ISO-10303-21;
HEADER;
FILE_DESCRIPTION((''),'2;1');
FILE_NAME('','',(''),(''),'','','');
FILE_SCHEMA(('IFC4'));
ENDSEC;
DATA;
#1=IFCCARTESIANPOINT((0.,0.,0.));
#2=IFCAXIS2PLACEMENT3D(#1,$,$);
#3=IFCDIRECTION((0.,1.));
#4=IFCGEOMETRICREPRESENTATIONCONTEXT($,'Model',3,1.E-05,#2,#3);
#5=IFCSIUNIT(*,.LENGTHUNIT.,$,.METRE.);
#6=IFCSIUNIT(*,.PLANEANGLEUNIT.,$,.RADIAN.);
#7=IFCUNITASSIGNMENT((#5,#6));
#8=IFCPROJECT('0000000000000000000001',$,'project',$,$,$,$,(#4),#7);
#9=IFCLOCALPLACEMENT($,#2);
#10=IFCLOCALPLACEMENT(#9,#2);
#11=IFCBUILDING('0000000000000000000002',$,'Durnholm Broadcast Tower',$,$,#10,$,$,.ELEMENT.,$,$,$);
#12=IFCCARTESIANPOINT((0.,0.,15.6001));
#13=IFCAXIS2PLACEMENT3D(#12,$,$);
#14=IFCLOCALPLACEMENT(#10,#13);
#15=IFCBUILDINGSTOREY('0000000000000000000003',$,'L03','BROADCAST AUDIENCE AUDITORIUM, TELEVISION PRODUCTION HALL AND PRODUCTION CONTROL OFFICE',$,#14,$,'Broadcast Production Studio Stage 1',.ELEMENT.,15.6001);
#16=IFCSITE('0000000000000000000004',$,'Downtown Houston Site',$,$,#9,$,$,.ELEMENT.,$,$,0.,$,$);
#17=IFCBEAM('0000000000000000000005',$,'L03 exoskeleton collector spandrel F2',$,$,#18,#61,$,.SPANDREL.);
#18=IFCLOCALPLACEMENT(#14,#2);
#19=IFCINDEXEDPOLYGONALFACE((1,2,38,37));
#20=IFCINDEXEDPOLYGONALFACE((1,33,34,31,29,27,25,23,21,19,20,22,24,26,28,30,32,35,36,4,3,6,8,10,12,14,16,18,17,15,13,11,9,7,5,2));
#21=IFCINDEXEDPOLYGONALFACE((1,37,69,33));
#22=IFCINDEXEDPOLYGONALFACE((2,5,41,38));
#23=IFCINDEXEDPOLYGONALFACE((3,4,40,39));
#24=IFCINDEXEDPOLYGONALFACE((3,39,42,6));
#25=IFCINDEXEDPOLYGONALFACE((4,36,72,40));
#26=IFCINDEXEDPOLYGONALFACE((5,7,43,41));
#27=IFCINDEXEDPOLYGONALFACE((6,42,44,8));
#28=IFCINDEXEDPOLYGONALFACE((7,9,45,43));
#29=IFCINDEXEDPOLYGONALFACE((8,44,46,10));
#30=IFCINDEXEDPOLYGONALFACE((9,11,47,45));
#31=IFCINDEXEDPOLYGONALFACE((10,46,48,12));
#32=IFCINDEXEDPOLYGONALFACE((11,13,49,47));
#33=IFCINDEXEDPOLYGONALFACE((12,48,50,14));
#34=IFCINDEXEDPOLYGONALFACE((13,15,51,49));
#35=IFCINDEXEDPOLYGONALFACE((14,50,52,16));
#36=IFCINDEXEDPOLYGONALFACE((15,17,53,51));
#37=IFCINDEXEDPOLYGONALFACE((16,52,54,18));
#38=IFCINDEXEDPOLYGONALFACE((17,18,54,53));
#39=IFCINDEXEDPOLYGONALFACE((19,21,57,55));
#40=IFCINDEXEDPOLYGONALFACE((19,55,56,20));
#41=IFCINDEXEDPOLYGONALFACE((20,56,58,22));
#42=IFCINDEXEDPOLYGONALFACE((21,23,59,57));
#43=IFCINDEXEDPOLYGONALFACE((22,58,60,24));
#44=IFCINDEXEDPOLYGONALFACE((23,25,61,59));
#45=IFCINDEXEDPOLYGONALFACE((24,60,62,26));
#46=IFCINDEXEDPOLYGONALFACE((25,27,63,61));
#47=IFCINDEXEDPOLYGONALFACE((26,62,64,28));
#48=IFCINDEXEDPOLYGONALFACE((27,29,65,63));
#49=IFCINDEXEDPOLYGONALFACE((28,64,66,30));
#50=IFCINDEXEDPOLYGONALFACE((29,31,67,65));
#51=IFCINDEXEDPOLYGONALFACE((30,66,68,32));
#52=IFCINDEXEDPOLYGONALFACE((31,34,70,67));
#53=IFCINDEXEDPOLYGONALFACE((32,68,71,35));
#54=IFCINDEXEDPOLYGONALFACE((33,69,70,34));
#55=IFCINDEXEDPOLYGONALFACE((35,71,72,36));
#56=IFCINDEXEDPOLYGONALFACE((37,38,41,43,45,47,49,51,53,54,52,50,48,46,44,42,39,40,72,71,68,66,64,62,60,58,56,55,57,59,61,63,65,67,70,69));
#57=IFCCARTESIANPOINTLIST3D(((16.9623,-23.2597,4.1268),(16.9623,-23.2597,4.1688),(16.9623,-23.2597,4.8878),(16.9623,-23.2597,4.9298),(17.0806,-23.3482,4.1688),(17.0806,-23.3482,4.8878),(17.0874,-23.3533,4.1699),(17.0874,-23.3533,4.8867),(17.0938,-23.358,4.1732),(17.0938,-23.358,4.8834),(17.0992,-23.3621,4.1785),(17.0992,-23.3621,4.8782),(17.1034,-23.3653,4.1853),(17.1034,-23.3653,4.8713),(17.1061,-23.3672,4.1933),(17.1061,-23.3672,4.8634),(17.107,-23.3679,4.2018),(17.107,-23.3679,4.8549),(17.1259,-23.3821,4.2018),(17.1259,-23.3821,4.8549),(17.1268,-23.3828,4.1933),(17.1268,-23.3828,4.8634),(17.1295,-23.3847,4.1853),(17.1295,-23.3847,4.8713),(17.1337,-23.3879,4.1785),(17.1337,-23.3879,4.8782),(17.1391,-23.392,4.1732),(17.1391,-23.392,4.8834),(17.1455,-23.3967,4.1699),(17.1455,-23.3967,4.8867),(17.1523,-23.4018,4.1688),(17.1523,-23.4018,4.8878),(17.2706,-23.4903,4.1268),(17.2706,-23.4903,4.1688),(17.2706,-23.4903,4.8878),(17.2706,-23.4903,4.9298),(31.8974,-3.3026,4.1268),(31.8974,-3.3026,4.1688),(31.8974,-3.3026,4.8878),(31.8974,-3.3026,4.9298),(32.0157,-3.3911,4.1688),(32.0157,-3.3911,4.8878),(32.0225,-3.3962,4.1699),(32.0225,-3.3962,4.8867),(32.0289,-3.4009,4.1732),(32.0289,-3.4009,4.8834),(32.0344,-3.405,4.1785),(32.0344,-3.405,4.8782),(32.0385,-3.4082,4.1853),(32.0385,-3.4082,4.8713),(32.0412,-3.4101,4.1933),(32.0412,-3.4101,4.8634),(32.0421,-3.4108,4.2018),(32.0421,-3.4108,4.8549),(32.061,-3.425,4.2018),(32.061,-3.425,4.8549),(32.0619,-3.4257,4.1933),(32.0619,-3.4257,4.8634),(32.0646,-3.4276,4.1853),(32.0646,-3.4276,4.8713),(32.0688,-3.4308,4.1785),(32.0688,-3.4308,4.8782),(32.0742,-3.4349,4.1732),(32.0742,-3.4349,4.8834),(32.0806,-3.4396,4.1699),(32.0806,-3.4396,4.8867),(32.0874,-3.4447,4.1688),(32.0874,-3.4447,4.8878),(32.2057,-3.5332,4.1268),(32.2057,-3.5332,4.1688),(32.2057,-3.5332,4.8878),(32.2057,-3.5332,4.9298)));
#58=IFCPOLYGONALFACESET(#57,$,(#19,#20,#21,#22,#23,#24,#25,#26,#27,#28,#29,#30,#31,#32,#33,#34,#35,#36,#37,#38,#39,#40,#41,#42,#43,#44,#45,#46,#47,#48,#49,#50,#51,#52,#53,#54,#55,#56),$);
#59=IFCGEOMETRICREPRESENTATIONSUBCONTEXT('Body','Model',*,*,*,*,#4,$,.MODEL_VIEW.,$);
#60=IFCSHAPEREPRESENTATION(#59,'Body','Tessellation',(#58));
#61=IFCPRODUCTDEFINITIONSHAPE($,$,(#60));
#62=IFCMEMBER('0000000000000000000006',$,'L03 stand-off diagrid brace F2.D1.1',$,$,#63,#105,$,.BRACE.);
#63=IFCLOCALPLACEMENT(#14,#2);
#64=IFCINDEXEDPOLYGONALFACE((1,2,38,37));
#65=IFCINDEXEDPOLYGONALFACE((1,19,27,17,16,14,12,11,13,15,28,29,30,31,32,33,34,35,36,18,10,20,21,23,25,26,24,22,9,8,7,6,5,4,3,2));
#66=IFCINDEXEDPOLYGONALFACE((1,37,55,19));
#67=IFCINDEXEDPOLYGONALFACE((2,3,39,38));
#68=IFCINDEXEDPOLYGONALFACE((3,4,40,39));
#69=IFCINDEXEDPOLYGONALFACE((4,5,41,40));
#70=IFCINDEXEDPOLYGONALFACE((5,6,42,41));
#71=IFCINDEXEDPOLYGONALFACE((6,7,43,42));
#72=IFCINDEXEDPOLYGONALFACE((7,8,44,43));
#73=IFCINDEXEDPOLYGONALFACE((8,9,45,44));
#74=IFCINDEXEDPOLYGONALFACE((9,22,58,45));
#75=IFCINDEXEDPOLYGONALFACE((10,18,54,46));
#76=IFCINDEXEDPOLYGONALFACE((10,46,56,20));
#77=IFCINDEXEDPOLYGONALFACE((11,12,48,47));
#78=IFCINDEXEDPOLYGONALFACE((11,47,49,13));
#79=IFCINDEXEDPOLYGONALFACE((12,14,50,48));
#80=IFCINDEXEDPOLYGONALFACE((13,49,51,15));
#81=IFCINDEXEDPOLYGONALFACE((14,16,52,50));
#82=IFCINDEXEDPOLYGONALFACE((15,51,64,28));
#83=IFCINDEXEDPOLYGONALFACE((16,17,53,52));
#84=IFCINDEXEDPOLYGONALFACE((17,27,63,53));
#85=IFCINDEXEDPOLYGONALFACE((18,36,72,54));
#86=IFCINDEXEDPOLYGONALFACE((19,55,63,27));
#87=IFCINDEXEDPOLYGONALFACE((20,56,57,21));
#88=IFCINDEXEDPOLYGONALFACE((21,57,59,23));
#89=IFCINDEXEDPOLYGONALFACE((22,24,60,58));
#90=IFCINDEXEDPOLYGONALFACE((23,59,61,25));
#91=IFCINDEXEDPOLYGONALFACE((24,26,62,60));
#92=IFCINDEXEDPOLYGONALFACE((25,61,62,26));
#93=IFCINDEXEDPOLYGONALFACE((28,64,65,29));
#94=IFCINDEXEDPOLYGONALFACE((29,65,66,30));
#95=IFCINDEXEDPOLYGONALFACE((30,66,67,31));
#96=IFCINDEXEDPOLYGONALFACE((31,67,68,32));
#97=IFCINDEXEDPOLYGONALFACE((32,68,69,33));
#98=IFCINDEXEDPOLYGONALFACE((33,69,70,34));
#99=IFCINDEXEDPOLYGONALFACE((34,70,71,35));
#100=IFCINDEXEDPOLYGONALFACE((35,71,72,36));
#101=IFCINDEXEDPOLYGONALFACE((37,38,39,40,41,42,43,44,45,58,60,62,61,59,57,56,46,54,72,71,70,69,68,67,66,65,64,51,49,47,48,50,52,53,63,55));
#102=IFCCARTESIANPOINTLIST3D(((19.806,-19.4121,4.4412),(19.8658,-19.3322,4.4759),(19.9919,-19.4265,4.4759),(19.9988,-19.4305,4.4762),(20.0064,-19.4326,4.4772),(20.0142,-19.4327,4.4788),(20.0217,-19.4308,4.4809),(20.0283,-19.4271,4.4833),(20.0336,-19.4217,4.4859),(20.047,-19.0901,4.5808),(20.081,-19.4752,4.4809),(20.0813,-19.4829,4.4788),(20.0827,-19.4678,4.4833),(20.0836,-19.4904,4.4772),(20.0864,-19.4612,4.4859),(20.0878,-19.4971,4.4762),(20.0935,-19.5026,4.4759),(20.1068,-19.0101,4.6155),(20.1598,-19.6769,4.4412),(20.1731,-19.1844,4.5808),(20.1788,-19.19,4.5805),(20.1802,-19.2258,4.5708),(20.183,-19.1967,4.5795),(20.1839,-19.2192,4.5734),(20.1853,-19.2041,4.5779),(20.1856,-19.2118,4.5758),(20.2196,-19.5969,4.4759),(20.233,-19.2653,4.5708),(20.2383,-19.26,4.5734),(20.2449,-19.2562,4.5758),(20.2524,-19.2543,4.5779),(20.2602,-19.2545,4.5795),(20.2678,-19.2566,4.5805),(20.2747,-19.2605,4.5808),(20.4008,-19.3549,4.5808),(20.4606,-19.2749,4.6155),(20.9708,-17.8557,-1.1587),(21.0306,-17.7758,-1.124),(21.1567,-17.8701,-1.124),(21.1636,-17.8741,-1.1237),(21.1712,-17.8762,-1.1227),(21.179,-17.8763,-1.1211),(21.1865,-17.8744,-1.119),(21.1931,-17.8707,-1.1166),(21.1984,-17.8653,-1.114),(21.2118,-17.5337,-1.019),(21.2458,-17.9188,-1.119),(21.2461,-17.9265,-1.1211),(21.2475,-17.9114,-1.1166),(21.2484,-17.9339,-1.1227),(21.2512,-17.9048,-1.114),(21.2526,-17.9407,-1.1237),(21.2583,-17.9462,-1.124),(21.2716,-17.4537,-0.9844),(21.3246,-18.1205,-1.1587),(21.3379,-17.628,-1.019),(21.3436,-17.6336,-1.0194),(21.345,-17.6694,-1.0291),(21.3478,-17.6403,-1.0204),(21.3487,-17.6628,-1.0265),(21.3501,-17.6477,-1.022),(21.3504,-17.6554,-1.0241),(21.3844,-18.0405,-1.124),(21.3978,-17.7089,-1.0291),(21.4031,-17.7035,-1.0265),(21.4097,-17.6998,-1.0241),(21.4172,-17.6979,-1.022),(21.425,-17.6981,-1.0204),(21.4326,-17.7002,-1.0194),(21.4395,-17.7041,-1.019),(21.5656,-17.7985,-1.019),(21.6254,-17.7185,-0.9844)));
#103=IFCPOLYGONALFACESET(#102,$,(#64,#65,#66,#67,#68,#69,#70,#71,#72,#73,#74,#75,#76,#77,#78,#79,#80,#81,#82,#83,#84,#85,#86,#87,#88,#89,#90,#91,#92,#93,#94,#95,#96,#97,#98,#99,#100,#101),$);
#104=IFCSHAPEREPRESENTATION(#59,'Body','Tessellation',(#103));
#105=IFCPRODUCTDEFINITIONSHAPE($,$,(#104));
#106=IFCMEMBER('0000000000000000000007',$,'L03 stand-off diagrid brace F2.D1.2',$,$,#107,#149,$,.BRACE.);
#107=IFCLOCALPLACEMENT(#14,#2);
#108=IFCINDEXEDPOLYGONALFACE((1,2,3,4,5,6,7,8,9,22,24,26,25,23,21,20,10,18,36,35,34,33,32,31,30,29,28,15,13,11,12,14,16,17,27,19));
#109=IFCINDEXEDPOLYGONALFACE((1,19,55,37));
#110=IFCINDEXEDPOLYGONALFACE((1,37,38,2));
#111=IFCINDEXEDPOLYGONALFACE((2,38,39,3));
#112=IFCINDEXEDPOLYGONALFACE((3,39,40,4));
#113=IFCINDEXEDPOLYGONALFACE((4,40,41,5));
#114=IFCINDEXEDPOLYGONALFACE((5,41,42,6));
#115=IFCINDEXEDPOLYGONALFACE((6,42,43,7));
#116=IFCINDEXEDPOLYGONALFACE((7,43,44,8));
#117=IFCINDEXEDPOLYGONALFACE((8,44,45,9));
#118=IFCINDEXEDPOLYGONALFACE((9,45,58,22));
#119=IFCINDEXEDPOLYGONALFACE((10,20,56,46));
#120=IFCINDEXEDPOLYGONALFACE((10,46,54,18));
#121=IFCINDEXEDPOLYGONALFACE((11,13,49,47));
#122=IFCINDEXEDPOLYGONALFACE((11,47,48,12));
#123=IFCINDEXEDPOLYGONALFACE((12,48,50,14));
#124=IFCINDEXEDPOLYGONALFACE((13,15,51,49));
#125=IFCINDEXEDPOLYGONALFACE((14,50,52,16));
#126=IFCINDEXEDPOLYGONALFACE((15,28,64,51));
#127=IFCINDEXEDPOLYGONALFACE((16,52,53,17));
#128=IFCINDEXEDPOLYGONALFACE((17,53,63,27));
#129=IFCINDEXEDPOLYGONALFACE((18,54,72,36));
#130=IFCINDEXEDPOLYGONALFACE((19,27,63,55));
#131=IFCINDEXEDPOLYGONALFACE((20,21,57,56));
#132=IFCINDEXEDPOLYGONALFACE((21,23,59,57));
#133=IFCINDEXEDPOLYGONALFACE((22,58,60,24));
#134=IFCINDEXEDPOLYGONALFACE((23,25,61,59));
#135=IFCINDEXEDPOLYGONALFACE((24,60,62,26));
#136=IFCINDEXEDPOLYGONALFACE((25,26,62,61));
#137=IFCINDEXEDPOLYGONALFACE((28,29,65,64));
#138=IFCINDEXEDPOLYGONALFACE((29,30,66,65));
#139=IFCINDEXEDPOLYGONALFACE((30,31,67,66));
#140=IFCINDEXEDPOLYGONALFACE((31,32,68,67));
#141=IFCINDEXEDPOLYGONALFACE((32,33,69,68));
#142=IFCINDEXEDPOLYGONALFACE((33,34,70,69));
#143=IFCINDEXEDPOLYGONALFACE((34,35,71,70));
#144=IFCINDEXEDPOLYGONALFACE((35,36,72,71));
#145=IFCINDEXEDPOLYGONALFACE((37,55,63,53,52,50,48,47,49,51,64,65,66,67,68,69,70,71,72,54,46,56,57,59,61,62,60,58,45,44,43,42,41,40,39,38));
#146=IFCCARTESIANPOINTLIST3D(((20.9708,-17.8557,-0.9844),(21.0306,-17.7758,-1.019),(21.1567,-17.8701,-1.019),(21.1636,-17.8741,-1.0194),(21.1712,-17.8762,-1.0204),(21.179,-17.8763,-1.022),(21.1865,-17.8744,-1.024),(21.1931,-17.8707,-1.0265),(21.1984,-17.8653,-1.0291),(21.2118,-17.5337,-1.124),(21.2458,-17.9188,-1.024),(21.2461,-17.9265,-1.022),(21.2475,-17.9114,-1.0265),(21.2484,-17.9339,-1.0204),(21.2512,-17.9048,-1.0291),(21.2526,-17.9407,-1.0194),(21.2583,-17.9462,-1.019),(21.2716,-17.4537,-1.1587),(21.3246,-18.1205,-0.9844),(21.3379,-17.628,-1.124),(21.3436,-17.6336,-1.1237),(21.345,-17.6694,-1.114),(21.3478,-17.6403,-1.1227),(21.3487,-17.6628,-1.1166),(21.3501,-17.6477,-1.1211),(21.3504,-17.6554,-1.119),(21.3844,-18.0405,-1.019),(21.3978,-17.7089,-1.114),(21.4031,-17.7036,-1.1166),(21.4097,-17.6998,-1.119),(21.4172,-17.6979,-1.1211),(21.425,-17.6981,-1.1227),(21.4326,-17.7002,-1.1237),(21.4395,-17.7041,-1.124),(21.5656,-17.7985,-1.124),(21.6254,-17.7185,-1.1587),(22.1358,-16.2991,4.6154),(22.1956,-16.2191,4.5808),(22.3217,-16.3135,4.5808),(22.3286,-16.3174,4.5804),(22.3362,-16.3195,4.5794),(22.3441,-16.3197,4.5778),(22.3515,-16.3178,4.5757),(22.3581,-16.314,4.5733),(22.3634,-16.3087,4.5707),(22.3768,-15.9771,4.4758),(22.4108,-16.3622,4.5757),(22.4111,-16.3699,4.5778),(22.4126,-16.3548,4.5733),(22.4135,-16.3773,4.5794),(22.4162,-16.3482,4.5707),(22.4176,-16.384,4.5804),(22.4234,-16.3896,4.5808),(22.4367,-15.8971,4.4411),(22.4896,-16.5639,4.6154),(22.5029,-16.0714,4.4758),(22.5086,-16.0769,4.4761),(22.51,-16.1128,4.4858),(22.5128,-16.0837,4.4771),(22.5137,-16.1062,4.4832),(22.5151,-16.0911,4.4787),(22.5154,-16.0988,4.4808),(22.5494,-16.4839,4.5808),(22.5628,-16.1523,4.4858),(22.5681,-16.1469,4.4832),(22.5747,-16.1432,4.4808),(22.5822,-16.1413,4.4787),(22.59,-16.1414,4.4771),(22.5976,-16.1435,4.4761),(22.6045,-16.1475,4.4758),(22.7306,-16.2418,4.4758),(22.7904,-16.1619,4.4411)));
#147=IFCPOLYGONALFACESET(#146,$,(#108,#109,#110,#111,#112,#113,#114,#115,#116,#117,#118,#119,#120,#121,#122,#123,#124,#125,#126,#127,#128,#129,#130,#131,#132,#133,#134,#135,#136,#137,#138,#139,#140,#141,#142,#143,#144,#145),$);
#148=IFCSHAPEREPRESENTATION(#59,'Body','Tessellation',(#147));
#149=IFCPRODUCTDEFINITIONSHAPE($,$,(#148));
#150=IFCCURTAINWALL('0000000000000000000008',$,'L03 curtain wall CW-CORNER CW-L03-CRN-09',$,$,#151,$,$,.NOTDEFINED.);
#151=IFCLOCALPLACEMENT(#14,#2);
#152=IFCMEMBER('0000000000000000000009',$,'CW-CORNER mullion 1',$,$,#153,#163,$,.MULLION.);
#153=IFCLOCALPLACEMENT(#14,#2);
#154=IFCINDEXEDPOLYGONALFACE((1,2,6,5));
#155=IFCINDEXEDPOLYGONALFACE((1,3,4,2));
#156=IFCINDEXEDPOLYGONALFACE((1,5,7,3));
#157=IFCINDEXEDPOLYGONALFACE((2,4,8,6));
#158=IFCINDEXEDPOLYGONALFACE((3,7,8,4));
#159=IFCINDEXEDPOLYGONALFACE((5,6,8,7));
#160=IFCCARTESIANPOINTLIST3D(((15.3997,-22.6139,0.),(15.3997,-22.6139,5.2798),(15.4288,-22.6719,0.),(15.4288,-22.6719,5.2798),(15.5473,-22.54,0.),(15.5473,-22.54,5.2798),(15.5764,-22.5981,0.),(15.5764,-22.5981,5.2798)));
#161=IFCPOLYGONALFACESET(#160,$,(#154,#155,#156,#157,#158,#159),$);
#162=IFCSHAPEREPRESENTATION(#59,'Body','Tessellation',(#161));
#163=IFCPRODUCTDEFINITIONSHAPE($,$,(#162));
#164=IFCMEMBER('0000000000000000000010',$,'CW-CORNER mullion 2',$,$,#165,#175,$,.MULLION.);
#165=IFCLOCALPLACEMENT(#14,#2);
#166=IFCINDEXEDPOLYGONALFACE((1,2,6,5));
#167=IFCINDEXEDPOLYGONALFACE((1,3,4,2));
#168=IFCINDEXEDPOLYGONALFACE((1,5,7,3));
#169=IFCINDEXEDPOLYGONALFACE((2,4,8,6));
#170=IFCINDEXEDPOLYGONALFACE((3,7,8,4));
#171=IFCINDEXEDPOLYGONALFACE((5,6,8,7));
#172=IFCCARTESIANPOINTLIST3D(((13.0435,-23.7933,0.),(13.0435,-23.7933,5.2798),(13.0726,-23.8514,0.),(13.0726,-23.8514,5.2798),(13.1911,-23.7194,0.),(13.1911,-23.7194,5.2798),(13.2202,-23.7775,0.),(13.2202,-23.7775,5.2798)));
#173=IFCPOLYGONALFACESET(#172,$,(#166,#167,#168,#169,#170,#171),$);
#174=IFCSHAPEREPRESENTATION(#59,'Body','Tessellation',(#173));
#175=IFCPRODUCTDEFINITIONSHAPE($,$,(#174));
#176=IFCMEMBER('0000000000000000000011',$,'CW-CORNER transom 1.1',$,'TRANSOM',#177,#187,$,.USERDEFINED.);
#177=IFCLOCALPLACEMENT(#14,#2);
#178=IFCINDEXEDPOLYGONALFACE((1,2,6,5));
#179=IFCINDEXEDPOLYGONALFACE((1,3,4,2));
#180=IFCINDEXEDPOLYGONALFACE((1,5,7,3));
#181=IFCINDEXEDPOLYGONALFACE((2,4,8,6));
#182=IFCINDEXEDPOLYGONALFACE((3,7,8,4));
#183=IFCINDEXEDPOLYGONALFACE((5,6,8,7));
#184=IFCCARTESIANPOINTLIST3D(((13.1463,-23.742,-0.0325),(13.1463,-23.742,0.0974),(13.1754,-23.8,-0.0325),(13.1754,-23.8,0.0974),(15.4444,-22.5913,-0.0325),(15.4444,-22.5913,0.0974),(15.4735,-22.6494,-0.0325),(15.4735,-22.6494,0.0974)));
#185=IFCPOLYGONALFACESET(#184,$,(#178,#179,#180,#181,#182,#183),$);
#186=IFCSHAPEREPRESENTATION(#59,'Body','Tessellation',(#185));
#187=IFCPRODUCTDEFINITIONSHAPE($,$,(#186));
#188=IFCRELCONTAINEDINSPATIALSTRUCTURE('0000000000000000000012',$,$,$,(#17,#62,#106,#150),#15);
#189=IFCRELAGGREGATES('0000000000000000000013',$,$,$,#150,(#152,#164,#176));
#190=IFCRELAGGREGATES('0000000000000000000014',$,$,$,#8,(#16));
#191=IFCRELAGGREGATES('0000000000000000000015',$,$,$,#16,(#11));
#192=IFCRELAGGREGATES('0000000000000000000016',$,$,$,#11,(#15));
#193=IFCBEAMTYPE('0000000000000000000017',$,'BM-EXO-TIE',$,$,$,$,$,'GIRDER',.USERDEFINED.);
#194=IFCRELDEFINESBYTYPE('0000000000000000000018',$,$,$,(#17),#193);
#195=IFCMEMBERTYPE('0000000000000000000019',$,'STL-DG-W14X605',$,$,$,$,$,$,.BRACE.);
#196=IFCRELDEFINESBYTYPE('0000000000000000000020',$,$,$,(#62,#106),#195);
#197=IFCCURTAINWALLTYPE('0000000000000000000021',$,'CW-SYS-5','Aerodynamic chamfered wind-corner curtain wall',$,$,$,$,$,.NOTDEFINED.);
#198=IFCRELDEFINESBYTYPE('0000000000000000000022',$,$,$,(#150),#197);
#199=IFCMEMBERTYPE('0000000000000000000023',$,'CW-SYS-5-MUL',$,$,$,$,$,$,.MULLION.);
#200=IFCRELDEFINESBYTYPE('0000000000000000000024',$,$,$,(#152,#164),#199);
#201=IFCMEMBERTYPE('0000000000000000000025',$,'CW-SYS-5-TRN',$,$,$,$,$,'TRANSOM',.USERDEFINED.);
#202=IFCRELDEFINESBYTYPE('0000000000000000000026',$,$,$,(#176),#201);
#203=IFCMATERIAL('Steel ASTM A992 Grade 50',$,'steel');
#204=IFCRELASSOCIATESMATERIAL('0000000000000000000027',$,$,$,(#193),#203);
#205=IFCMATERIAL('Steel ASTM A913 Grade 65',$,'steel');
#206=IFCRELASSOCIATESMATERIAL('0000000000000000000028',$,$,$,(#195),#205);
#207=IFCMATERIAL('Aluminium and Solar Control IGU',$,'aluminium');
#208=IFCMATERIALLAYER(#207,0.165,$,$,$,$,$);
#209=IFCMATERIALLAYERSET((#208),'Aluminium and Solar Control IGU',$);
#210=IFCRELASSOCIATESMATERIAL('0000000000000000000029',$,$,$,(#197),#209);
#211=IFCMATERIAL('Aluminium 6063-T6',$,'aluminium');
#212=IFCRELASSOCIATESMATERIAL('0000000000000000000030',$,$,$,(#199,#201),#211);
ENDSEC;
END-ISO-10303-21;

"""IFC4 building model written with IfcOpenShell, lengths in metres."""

from ifc_helpers import new_model, si_unit, direction, frame, origin, origin_2d, place, context, subcontext, project, spatial, rectangle, i_section, extrude, source, transform, mapped, material, layer, layer_set, material_profile, profile_set, type_object, type_shapes, element, aggregate, save


model = new_model("IFC4")

# Units and contexts
model_context = context("Model", 3, precision=1e-05, world=origin(), true_north=direction((0.0, 1.0)))
body_context = subcontext(model_context, "Body", "Model", "MODEL_VIEW")
ifc_project = project(units=[si_unit("LENGTHUNIT", "METRE"), si_unit("PLANEANGLEUNIT", "RADIAN")], contexts=[model_context])

# Site, building, storey
site_placement = place(None, origin())
site = spatial("IfcSite", under=ifc_project, at=site_placement, Name="Downtown Houston Site", CompositionType="ELEMENT", RefElevation=0.0)
building_placement = place(site_placement, origin())
building = spatial("IfcBuilding", under=site, at=building_placement, Name="Durnholm Broadcast Tower", CompositionType="ELEMENT")
storey_placement = place(building_placement, frame((0.0, 0.0, 15.6001)))
storey = spatial("IfcBuildingStorey", under=building, at=storey_placement, Name="L03", Description="BROADCAST AUDIENCE AUDITORIUM, TELEVISION PRODUCTION HALL AND PRODUCTION CONTROL OFFICE", LongName="Broadcast Production Studio Stage 1", CompositionType="ELEMENT", Elevation=15.6001)

# Shared definitions
ifc_material_1 = material(Name="Steel ASTM A913 Grade 65", Category="steel")

# Beam
ifc_material_2 = material(Name="Steel ASTM A992 Grade 50", Category="steel")
ifc_material_profile_1 = material_profile(ifc_material_2, i_section(OverallWidth=0.385, OverallDepth=0.803, WebThickness=0.0237, FlangeThickness=0.042, FilletRadius=0.033, at=origin_2d()), Name="W30X261")
ifc_profile_set_1 = profile_set([ifc_material_profile_1], Name="Steel ASTM A992 Grade 50")
beam_type_1 = type_object("IfcBeamType", Name="BM-EXO-TIE", ElementType="GIRDER", PredefinedType="USERDEFINED", material=ifc_profile_set_1)
shared_shape_1 = source(origin(), body_context, "Body", "SweptSolid", [
    extrude(i_section(OverallWidth=0.385, OverallDepth=0.803, WebThickness=0.0237, FlangeThickness=0.042, FilletRadius=0.033, at=origin_2d()), origin(), (0.0, 0.0, 1.0), 24.9268),
])
beam_1_placement = place(storey_placement, frame((17.1165, -23.375, 4.5283), z_axis=(0.59916, 0.80063, 0.0), x_axis=(-0.80063, 0.59916, 0.0)))
element("IfcBeam", 1, at=beam_1_placement, inside=storey, type_object=beam_type_1, Name="L03 exoskeleton collector spandrel F2", PredefinedType="SPANDREL", context=body_context, shape_type="MappedRepresentation", body=[
    mapped(shared_shape_1, transform((0.0, 0.0, 0.0), x_axis=(1.0, 0.0, 0.0), y_axis=(0.0, 1.0, 0.0), z_axis=(0.0, 0.0, 1.0), scale=1.0)),
])

# Members
ifc_material_profile_2 = material_profile(ifc_material_1, i_section(OverallWidth=0.4419, OverallDepth=0.5315, WebThickness=0.0659, FlangeThickness=0.1057, FilletRadius=0.0305, at=origin_2d()), Name="W14X605")
ifc_profile_set_2 = profile_set([ifc_material_profile_2], Name="Steel ASTM A913 Grade 65")
member_type_1 = type_object("IfcMemberType", Name="STL-DG-W14X605", PredefinedType="BRACE", material=ifc_profile_set_2)
shared_shape_2 = source(origin(), body_context, "Body", "SweptSolid", [
    extrude(i_section(OverallWidth=0.4419, OverallDepth=0.5315, WebThickness=0.0659, FlangeThickness=0.1057, FilletRadius=0.0305, at=origin_2d()), origin(), (0.0, 0.0, 1.0), 5.9277),
])
type_shapes(member_type_1, [shared_shape_2])
for number, where, z_axis, x_axis, name in (
    (2, (21.2981, -17.7871, -1.0715), (-0.196501, -0.262564, 0.944694), (0.800617, -0.599176, 0.0), "L03 stand-off diagrid brace F2.D1.1"),
    (3, (21.2981, -17.7871, -1.0715), (0.196538, 0.2626, 0.944677), (-0.800602, 0.599196, 0.0), "L03 stand-off diagrid brace F2.D1.2"),
):
    element("IfcMember", number, at=place(storey_placement, frame(where, z_axis=z_axis, x_axis=x_axis)), inside=storey, type_object=member_type_1, Name=name, PredefinedType="BRACE", context=body_context, shape_type="MappedRepresentation", body=[
        mapped(shared_shape_2, transform((0.0, 0.0, 0.0), x_axis=(1.0, 0.0, 0.0), y_axis=(0.0, 1.0, 0.0), z_axis=(0.0, 0.0, 1.0), scale=1.0)),
    ])

# Curtain wall, members
ifc_material_3 = material(Name="Aluminium and Solar Control IGU", Category="aluminium")
ifc_layer_1 = layer(ifc_material_3, 0.165)
ifc_layer_set_1 = layer_set([ifc_layer_1], Name="Aluminium and Solar Control IGU")
curtain_wall_type_1 = type_object("IfcCurtainWallType", Name="CW-SYS-5", Description="Aerodynamic chamfered wind-corner curtain wall", PredefinedType="NOTDEFINED", material=ifc_layer_set_1)
curtain_wall_1_placement = place(storey_placement, origin())
curtain_wall_1 = element("IfcCurtainWall", 4, at=curtain_wall_1_placement, inside=storey, type_object=curtain_wall_type_1, Name="L03 curtain wall CW-CORNER CW-L03-CRN-09", PredefinedType="NOTDEFINED")
ifc_material_4 = material(Name="Aluminium 6063-T6", Category="aluminium")
ifc_material_profile_3 = material_profile(ifc_material_4, rectangle(XDim=0.0649, YDim=0.165, at=origin_2d()), Name="CWM65X165")
ifc_profile_set_3 = profile_set([ifc_material_profile_3], Name="Aluminium 6063-T6")
member_type_2 = type_object("IfcMemberType", Name="CW-SYS-5-MUL", PredefinedType="MULLION", material=ifc_profile_set_3)
shared_shape_3 = source(origin(), body_context, "Body", "SweptSolid", [
    extrude(rectangle(XDim=0.0649, YDim=0.165, at=origin_2d()), origin(), (0.0, 0.0, 1.0), 5.2798),
])
type_shapes(member_type_2, [shared_shape_3])
member_1_placement = place(storey_placement, frame((15.488, -22.606, 0.0), z_axis=(0.0, 0.0, 1.0), x_axis=(0.447673, -0.894197, 0.0)))
member_1 = element("IfcMember", 5, at=member_1_placement, type_object=member_type_2, Name="CW-CORNER mullion 1", PredefinedType="MULLION", context=body_context, shape_type="MappedRepresentation", body=[
    mapped(shared_shape_3, transform((0.0, 0.0, 0.0), x_axis=(1.0, 0.0, 0.0), y_axis=(0.0, 1.0, 0.0), z_axis=(0.0, 0.0, 1.0), scale=1.0)),
])
member_2_placement = place(storey_placement, frame((13.1318, -23.7854, 0.0), z_axis=(0.0, 0.0, 1.0), x_axis=(0.447673, -0.894197, 0.0)))
member_2 = element("IfcMember", 6, at=member_2_placement, type_object=member_type_2, Name="CW-CORNER mullion 2", PredefinedType="MULLION", context=body_context, shape_type="MappedRepresentation", body=[
    mapped(shared_shape_3, transform((0.0, 0.0, 0.0), x_axis=(1.0, 0.0, 0.0), y_axis=(0.0, 1.0, 0.0), z_axis=(0.0, 0.0, 1.0), scale=1.0)),
])
ifc_material_profile_4 = material_profile(ifc_material_4, rectangle(XDim=0.0649, YDim=0.1299, at=origin_2d()), Name="CWT65X130")
ifc_profile_set_4 = profile_set([ifc_material_profile_4], Name="Aluminium 6063-T6")
member_type_3 = type_object("IfcMemberType", Name="CW-SYS-5-TRN", ElementType="TRANSOM", PredefinedType="USERDEFINED", material=ifc_profile_set_4)
shared_shape_4 = source(origin(), body_context, "Body", "SweptSolid", [
    extrude(rectangle(XDim=0.0649, YDim=0.1299, at=origin_2d()), origin(), (0.0, 0.0, 1.0), 2.5701),
])
type_shapes(member_type_3, [shared_shape_4])
member_3_placement = place(storey_placement, frame((15.459, -22.6204, 0.0325), z_axis=(-0.89418, -0.447707, 0.0), x_axis=(0.447707, -0.89418, 0.0)))
member_3 = element("IfcMember", 7, at=member_3_placement, type_object=member_type_3, Name="CW-CORNER transom 1.1", ObjectType="TRANSOM", PredefinedType="USERDEFINED", context=body_context, shape_type="MappedRepresentation", body=[
    mapped(shared_shape_4, transform((0.0, 0.0, 0.0), x_axis=(1.0, 0.0, 0.0), y_axis=(0.0, 1.0, 0.0), z_axis=(0.0, 0.0, 1.0), scale=1.0)),
])

aggregate(curtain_wall_1, [member_1, member_2, member_3])

save(model, "model.ifc")
